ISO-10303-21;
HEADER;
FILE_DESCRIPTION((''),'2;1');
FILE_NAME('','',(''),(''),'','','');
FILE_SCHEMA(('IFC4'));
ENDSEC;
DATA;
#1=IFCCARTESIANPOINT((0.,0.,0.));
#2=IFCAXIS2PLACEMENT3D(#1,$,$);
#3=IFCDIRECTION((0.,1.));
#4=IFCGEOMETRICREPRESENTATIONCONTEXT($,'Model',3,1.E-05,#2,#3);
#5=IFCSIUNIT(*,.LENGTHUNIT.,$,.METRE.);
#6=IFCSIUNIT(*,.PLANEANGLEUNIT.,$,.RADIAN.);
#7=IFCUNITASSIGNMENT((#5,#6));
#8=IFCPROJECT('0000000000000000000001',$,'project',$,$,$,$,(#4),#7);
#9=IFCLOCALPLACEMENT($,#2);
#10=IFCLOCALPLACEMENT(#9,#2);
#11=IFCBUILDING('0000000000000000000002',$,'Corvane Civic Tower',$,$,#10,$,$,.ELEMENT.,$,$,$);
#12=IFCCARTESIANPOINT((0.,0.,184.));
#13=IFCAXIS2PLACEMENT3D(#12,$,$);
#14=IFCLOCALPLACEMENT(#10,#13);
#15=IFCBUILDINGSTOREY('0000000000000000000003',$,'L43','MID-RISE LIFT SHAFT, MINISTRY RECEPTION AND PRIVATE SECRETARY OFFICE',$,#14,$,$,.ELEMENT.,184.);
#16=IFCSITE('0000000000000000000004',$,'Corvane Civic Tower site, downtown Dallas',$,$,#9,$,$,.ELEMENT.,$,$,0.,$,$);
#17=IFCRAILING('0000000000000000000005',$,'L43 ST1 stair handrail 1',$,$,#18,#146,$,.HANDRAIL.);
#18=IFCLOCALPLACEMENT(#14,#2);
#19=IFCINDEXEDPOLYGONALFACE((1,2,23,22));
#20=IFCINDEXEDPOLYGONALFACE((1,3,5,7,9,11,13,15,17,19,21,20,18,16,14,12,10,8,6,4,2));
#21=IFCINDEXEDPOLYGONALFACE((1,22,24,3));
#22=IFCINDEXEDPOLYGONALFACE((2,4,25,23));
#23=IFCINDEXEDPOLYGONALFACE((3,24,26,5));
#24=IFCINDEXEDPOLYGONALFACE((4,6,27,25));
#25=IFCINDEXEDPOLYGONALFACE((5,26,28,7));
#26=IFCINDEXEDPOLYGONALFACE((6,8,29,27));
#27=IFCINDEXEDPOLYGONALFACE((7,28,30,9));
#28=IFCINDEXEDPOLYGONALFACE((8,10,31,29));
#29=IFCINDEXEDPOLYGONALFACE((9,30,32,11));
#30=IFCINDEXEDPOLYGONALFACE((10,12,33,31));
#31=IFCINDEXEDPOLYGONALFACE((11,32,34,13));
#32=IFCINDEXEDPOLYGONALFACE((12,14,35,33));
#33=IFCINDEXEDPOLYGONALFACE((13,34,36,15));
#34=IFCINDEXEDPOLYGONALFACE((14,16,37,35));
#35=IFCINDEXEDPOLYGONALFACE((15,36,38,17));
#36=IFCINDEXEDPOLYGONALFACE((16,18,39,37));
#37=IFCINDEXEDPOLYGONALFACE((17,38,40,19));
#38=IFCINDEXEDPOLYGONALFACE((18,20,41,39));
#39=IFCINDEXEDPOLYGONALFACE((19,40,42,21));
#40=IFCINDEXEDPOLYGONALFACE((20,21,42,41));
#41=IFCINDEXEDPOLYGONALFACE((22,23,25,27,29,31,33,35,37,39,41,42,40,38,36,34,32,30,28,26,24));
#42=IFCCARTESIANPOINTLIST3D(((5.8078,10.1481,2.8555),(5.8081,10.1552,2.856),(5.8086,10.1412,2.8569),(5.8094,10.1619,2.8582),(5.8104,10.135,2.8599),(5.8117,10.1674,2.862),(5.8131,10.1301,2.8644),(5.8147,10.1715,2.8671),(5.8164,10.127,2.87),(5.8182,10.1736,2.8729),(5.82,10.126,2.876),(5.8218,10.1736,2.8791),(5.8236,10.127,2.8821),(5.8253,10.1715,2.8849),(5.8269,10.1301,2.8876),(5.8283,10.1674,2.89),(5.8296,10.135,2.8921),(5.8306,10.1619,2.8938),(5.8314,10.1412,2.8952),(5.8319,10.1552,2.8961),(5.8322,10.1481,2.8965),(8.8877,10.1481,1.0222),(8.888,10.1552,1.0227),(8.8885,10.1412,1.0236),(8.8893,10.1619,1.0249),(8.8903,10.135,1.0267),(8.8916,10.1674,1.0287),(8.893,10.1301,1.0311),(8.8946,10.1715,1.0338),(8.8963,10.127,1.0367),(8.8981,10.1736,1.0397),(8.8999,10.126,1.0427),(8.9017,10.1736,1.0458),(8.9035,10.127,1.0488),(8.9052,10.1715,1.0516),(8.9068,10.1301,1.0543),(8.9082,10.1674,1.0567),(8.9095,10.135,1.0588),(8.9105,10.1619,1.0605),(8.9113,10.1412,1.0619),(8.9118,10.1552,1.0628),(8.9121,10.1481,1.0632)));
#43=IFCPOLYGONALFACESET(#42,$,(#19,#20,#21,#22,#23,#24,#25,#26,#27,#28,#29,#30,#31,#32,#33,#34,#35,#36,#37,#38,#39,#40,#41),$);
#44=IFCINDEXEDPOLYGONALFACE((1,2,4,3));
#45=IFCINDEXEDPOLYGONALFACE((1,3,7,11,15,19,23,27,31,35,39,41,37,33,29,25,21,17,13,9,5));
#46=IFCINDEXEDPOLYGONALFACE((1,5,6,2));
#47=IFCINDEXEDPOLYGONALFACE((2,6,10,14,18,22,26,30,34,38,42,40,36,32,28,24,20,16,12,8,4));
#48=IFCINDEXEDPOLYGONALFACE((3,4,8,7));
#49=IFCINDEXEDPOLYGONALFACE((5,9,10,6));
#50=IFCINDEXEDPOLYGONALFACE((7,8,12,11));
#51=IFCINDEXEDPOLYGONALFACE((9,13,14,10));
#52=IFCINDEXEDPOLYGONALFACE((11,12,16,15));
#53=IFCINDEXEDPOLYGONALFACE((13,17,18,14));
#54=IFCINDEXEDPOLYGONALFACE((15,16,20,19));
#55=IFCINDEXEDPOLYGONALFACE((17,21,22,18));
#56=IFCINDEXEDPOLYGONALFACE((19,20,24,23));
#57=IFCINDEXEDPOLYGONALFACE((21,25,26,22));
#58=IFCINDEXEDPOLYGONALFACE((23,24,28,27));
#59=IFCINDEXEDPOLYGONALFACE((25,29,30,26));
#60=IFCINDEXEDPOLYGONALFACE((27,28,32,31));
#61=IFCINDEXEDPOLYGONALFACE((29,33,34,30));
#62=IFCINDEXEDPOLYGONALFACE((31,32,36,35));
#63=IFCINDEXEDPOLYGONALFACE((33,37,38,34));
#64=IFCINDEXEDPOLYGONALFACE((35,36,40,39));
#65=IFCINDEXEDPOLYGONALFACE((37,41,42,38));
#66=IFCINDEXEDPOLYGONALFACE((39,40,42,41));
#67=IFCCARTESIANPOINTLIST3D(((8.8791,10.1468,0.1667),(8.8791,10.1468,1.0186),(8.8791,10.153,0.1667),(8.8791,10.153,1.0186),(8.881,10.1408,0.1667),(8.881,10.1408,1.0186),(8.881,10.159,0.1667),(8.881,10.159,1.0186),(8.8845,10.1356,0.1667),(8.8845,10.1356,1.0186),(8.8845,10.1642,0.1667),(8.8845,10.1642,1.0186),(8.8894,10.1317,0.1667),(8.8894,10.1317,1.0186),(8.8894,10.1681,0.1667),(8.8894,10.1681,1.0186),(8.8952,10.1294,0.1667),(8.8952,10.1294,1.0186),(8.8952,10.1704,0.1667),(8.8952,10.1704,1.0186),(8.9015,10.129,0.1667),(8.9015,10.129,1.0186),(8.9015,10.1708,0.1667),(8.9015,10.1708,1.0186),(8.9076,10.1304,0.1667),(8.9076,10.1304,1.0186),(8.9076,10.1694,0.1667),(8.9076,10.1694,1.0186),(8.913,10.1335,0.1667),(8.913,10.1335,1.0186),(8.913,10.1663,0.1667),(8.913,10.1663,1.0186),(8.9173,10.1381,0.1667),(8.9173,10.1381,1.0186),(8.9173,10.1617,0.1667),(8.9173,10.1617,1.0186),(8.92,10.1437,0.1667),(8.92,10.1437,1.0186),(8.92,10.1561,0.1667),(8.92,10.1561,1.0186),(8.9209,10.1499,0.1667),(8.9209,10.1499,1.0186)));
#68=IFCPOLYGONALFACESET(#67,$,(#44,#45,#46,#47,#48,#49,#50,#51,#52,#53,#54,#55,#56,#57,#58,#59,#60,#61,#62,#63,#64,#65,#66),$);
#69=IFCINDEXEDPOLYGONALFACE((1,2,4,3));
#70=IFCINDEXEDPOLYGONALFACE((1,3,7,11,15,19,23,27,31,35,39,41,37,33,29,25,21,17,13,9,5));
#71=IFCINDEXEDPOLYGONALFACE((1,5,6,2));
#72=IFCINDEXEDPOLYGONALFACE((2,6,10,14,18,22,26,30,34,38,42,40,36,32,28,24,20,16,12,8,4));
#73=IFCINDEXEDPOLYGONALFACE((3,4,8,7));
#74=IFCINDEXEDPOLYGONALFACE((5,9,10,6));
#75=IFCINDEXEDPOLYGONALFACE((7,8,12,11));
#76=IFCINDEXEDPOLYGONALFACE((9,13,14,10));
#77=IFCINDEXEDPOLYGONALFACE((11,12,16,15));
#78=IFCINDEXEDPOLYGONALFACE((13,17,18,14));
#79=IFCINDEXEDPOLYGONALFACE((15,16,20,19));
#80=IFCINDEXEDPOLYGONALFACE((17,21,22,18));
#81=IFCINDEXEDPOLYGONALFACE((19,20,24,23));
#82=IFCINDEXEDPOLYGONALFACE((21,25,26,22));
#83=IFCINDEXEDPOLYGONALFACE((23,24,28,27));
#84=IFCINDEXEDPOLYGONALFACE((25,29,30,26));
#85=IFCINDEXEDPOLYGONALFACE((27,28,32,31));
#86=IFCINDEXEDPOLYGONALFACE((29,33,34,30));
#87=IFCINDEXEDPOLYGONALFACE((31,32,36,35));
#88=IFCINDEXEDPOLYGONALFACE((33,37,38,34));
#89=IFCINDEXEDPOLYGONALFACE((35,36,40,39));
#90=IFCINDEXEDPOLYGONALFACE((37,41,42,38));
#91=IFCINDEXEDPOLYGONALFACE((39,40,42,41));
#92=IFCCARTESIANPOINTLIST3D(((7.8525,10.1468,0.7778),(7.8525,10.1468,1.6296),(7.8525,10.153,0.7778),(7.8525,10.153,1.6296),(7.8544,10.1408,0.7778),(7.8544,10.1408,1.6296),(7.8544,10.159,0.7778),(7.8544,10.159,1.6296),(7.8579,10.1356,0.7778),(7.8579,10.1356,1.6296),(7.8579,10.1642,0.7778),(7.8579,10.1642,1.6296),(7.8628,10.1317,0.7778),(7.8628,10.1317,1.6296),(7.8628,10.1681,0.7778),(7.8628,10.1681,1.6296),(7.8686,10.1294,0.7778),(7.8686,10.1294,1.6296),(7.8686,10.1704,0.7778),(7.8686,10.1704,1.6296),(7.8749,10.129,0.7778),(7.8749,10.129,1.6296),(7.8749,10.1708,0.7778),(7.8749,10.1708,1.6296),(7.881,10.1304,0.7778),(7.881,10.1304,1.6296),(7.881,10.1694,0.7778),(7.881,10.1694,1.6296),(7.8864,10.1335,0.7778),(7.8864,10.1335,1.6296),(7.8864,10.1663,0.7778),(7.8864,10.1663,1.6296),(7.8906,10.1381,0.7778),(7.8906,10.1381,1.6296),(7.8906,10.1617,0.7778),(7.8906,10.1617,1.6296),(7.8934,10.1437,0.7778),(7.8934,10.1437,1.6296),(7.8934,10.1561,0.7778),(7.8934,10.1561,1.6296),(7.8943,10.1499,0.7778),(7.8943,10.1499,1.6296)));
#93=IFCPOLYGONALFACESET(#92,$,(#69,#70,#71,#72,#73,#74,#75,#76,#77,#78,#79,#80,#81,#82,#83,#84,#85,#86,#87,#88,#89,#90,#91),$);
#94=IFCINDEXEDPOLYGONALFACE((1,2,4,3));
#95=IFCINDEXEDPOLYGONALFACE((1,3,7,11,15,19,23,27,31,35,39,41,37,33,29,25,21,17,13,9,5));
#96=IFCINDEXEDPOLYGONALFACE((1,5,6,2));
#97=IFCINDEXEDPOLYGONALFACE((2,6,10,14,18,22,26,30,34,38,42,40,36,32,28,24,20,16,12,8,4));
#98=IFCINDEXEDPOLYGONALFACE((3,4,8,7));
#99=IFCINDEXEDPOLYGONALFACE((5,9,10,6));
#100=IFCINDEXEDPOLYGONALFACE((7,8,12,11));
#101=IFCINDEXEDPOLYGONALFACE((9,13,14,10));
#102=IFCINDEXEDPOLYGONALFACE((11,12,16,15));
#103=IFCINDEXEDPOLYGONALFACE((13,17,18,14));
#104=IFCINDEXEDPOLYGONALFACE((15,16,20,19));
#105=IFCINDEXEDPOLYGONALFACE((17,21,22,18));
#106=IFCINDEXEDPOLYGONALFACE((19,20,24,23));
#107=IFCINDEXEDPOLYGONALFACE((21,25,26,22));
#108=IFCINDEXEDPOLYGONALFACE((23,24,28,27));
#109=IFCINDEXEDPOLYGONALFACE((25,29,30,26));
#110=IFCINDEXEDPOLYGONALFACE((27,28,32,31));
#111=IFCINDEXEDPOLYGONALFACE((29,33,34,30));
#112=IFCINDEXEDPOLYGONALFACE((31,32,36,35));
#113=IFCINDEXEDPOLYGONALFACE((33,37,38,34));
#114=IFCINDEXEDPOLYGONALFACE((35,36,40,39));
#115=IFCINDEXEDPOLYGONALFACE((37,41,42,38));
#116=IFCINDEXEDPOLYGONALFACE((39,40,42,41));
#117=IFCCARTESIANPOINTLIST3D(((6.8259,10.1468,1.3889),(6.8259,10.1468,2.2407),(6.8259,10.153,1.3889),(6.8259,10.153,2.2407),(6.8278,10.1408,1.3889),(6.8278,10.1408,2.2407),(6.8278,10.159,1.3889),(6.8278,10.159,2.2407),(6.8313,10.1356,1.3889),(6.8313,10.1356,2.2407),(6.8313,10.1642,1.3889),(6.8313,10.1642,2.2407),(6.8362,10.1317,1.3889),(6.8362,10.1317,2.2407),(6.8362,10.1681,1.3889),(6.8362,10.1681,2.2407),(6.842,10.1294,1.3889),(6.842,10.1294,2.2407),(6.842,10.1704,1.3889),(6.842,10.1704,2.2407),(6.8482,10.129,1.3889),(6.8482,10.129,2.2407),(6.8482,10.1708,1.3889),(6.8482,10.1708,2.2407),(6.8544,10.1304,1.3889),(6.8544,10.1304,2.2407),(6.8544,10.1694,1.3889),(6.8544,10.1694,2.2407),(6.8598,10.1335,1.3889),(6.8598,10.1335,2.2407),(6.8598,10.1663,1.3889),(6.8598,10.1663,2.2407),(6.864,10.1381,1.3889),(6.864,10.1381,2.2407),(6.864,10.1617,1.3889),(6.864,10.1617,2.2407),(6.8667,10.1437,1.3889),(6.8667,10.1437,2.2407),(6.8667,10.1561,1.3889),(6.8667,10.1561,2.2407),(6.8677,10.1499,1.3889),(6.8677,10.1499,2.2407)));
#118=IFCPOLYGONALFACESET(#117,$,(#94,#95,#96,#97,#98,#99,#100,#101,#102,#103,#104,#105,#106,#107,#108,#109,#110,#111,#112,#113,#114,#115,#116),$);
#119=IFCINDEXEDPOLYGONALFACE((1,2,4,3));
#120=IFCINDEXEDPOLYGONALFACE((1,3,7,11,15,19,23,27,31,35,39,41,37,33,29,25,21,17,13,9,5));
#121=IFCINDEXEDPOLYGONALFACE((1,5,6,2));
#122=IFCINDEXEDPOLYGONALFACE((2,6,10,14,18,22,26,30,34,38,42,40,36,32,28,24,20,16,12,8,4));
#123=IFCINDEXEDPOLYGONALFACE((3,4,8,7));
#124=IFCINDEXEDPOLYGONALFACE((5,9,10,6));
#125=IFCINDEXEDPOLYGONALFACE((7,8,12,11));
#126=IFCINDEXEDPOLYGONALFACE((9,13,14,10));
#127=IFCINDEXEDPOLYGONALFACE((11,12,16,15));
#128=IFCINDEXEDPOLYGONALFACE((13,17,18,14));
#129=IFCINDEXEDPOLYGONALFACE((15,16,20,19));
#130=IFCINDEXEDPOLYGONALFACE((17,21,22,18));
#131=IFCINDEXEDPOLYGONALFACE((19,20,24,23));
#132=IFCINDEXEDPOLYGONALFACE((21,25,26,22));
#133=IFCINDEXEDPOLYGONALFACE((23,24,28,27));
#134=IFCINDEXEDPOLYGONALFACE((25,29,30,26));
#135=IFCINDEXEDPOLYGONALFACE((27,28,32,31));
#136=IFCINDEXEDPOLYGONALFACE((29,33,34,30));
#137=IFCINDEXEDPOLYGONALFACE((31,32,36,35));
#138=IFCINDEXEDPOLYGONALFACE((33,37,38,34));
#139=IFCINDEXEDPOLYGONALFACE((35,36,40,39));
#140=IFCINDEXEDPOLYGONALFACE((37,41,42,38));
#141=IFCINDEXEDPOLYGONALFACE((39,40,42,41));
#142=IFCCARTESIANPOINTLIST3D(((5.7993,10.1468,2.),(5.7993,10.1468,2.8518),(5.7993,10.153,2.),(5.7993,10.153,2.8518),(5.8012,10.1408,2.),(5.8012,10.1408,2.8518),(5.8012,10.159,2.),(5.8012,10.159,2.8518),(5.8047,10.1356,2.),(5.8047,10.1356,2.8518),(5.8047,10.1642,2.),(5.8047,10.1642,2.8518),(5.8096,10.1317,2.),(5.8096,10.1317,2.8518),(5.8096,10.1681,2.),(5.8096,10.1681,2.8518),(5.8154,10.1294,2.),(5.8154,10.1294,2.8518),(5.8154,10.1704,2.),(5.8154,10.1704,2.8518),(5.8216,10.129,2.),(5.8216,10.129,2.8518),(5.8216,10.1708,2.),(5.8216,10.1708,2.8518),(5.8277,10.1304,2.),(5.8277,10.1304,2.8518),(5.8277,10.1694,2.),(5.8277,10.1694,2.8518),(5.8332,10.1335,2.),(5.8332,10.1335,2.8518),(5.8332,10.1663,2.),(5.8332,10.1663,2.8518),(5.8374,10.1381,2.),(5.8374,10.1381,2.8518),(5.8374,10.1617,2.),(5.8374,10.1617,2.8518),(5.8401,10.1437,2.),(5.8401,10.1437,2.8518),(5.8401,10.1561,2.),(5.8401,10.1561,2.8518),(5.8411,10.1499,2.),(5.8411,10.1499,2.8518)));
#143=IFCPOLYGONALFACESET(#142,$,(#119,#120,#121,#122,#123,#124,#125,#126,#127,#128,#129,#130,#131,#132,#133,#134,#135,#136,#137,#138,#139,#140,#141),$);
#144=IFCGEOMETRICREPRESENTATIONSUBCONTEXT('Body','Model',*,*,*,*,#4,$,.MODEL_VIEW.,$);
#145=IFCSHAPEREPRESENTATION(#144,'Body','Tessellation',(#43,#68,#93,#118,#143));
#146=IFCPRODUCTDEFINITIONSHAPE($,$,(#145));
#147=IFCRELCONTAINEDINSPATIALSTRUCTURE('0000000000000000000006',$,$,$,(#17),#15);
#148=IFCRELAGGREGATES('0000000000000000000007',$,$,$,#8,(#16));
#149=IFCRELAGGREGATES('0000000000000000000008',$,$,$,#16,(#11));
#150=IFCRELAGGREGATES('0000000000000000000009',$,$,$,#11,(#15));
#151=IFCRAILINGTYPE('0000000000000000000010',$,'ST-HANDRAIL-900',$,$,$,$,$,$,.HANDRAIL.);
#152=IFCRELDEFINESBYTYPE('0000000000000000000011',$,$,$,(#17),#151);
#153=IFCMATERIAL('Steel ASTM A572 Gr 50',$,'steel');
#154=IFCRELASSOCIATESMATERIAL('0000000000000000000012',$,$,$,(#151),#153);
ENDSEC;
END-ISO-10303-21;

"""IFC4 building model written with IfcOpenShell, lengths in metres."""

from ifc_helpers import new_model, si_unit, direction, frame, origin, origin_2d, place, context, subcontext, project, spatial, circle, extrude, material, type_object, element, save


model = new_model("IFC4")

# Units and contexts
model_context = context("Model", 3, precision=1e-05, world=origin(), true_north=direction((0.0, 1.0)))
body_context = subcontext(model_context, "Body", "Model", "MODEL_VIEW")
ifc_project = project(units=[si_unit("LENGTHUNIT", "METRE"), si_unit("PLANEANGLEUNIT", "RADIAN")], contexts=[model_context])

# Site, building, storey
site_placement = place(None, origin())
site = spatial("IfcSite", under=ifc_project, at=site_placement, Name="Corvane Civic Tower site, downtown Dallas", CompositionType="ELEMENT", RefElevation=0.0)
building_placement = place(site_placement, origin())
building = spatial("IfcBuilding", under=site, at=building_placement, Name="Corvane Civic Tower", CompositionType="ELEMENT")
storey_placement = place(building_placement, frame((0.0, 0.0, 184.0)))
storey = spatial("IfcBuildingStorey", under=building, at=storey_placement, Name="L43", Description="MID-RISE LIFT SHAFT, MINISTRY RECEPTION AND PRIVATE SECRETARY OFFICE", CompositionType="ELEMENT", Elevation=184.0)

# Railing
ifc_material_1 = material(Name="Steel ASTM A572 Gr 50", Category="steel")
railing_type = type_object("IfcRailingType", Name="ST-HANDRAIL-900", PredefinedType="HANDRAIL", material=ifc_material_1)
railing_1_placement = place(storey_placement, frame((8.8999, 10.1499, 0.1667)))
element("IfcRailing", 1, at=railing_1_placement, inside=storey, type_object=railing_type, Name="L43 ST1 stair handrail 1", PredefinedType="HANDRAIL", context=body_context, shape_type="SweptSolid", body=[
    extrude(circle(Radius=0.0239, at=origin_2d()), frame((0.0, 0.0, 0.876), z_axis=(-0.859291, 0.0, 0.511487), x_axis=(0.0, -1.0, 0.0)), (0.0, 0.0, 1.0), 3.5842),
    extrude(circle(Radius=0.021, at=origin_2d()), origin(), (0.0, 0.0, 1.0), 0.8518),
    extrude(circle(Radius=0.021, at=origin_2d()), frame((-1.0266, 0.0, 0.6111)), (0.0, 0.0, 1.0), 0.8518),
    extrude(circle(Radius=0.021, at=origin_2d()), frame((-2.0532, 0.0, 1.2222)), (0.0, 0.0, 1.0), 0.8518),
    extrude(circle(Radius=0.021, at=origin_2d()), frame((-3.0798, 0.0, 1.8333)), (0.0, 0.0, 1.0), 0.8518),
])

save(model, "model.ifc")
